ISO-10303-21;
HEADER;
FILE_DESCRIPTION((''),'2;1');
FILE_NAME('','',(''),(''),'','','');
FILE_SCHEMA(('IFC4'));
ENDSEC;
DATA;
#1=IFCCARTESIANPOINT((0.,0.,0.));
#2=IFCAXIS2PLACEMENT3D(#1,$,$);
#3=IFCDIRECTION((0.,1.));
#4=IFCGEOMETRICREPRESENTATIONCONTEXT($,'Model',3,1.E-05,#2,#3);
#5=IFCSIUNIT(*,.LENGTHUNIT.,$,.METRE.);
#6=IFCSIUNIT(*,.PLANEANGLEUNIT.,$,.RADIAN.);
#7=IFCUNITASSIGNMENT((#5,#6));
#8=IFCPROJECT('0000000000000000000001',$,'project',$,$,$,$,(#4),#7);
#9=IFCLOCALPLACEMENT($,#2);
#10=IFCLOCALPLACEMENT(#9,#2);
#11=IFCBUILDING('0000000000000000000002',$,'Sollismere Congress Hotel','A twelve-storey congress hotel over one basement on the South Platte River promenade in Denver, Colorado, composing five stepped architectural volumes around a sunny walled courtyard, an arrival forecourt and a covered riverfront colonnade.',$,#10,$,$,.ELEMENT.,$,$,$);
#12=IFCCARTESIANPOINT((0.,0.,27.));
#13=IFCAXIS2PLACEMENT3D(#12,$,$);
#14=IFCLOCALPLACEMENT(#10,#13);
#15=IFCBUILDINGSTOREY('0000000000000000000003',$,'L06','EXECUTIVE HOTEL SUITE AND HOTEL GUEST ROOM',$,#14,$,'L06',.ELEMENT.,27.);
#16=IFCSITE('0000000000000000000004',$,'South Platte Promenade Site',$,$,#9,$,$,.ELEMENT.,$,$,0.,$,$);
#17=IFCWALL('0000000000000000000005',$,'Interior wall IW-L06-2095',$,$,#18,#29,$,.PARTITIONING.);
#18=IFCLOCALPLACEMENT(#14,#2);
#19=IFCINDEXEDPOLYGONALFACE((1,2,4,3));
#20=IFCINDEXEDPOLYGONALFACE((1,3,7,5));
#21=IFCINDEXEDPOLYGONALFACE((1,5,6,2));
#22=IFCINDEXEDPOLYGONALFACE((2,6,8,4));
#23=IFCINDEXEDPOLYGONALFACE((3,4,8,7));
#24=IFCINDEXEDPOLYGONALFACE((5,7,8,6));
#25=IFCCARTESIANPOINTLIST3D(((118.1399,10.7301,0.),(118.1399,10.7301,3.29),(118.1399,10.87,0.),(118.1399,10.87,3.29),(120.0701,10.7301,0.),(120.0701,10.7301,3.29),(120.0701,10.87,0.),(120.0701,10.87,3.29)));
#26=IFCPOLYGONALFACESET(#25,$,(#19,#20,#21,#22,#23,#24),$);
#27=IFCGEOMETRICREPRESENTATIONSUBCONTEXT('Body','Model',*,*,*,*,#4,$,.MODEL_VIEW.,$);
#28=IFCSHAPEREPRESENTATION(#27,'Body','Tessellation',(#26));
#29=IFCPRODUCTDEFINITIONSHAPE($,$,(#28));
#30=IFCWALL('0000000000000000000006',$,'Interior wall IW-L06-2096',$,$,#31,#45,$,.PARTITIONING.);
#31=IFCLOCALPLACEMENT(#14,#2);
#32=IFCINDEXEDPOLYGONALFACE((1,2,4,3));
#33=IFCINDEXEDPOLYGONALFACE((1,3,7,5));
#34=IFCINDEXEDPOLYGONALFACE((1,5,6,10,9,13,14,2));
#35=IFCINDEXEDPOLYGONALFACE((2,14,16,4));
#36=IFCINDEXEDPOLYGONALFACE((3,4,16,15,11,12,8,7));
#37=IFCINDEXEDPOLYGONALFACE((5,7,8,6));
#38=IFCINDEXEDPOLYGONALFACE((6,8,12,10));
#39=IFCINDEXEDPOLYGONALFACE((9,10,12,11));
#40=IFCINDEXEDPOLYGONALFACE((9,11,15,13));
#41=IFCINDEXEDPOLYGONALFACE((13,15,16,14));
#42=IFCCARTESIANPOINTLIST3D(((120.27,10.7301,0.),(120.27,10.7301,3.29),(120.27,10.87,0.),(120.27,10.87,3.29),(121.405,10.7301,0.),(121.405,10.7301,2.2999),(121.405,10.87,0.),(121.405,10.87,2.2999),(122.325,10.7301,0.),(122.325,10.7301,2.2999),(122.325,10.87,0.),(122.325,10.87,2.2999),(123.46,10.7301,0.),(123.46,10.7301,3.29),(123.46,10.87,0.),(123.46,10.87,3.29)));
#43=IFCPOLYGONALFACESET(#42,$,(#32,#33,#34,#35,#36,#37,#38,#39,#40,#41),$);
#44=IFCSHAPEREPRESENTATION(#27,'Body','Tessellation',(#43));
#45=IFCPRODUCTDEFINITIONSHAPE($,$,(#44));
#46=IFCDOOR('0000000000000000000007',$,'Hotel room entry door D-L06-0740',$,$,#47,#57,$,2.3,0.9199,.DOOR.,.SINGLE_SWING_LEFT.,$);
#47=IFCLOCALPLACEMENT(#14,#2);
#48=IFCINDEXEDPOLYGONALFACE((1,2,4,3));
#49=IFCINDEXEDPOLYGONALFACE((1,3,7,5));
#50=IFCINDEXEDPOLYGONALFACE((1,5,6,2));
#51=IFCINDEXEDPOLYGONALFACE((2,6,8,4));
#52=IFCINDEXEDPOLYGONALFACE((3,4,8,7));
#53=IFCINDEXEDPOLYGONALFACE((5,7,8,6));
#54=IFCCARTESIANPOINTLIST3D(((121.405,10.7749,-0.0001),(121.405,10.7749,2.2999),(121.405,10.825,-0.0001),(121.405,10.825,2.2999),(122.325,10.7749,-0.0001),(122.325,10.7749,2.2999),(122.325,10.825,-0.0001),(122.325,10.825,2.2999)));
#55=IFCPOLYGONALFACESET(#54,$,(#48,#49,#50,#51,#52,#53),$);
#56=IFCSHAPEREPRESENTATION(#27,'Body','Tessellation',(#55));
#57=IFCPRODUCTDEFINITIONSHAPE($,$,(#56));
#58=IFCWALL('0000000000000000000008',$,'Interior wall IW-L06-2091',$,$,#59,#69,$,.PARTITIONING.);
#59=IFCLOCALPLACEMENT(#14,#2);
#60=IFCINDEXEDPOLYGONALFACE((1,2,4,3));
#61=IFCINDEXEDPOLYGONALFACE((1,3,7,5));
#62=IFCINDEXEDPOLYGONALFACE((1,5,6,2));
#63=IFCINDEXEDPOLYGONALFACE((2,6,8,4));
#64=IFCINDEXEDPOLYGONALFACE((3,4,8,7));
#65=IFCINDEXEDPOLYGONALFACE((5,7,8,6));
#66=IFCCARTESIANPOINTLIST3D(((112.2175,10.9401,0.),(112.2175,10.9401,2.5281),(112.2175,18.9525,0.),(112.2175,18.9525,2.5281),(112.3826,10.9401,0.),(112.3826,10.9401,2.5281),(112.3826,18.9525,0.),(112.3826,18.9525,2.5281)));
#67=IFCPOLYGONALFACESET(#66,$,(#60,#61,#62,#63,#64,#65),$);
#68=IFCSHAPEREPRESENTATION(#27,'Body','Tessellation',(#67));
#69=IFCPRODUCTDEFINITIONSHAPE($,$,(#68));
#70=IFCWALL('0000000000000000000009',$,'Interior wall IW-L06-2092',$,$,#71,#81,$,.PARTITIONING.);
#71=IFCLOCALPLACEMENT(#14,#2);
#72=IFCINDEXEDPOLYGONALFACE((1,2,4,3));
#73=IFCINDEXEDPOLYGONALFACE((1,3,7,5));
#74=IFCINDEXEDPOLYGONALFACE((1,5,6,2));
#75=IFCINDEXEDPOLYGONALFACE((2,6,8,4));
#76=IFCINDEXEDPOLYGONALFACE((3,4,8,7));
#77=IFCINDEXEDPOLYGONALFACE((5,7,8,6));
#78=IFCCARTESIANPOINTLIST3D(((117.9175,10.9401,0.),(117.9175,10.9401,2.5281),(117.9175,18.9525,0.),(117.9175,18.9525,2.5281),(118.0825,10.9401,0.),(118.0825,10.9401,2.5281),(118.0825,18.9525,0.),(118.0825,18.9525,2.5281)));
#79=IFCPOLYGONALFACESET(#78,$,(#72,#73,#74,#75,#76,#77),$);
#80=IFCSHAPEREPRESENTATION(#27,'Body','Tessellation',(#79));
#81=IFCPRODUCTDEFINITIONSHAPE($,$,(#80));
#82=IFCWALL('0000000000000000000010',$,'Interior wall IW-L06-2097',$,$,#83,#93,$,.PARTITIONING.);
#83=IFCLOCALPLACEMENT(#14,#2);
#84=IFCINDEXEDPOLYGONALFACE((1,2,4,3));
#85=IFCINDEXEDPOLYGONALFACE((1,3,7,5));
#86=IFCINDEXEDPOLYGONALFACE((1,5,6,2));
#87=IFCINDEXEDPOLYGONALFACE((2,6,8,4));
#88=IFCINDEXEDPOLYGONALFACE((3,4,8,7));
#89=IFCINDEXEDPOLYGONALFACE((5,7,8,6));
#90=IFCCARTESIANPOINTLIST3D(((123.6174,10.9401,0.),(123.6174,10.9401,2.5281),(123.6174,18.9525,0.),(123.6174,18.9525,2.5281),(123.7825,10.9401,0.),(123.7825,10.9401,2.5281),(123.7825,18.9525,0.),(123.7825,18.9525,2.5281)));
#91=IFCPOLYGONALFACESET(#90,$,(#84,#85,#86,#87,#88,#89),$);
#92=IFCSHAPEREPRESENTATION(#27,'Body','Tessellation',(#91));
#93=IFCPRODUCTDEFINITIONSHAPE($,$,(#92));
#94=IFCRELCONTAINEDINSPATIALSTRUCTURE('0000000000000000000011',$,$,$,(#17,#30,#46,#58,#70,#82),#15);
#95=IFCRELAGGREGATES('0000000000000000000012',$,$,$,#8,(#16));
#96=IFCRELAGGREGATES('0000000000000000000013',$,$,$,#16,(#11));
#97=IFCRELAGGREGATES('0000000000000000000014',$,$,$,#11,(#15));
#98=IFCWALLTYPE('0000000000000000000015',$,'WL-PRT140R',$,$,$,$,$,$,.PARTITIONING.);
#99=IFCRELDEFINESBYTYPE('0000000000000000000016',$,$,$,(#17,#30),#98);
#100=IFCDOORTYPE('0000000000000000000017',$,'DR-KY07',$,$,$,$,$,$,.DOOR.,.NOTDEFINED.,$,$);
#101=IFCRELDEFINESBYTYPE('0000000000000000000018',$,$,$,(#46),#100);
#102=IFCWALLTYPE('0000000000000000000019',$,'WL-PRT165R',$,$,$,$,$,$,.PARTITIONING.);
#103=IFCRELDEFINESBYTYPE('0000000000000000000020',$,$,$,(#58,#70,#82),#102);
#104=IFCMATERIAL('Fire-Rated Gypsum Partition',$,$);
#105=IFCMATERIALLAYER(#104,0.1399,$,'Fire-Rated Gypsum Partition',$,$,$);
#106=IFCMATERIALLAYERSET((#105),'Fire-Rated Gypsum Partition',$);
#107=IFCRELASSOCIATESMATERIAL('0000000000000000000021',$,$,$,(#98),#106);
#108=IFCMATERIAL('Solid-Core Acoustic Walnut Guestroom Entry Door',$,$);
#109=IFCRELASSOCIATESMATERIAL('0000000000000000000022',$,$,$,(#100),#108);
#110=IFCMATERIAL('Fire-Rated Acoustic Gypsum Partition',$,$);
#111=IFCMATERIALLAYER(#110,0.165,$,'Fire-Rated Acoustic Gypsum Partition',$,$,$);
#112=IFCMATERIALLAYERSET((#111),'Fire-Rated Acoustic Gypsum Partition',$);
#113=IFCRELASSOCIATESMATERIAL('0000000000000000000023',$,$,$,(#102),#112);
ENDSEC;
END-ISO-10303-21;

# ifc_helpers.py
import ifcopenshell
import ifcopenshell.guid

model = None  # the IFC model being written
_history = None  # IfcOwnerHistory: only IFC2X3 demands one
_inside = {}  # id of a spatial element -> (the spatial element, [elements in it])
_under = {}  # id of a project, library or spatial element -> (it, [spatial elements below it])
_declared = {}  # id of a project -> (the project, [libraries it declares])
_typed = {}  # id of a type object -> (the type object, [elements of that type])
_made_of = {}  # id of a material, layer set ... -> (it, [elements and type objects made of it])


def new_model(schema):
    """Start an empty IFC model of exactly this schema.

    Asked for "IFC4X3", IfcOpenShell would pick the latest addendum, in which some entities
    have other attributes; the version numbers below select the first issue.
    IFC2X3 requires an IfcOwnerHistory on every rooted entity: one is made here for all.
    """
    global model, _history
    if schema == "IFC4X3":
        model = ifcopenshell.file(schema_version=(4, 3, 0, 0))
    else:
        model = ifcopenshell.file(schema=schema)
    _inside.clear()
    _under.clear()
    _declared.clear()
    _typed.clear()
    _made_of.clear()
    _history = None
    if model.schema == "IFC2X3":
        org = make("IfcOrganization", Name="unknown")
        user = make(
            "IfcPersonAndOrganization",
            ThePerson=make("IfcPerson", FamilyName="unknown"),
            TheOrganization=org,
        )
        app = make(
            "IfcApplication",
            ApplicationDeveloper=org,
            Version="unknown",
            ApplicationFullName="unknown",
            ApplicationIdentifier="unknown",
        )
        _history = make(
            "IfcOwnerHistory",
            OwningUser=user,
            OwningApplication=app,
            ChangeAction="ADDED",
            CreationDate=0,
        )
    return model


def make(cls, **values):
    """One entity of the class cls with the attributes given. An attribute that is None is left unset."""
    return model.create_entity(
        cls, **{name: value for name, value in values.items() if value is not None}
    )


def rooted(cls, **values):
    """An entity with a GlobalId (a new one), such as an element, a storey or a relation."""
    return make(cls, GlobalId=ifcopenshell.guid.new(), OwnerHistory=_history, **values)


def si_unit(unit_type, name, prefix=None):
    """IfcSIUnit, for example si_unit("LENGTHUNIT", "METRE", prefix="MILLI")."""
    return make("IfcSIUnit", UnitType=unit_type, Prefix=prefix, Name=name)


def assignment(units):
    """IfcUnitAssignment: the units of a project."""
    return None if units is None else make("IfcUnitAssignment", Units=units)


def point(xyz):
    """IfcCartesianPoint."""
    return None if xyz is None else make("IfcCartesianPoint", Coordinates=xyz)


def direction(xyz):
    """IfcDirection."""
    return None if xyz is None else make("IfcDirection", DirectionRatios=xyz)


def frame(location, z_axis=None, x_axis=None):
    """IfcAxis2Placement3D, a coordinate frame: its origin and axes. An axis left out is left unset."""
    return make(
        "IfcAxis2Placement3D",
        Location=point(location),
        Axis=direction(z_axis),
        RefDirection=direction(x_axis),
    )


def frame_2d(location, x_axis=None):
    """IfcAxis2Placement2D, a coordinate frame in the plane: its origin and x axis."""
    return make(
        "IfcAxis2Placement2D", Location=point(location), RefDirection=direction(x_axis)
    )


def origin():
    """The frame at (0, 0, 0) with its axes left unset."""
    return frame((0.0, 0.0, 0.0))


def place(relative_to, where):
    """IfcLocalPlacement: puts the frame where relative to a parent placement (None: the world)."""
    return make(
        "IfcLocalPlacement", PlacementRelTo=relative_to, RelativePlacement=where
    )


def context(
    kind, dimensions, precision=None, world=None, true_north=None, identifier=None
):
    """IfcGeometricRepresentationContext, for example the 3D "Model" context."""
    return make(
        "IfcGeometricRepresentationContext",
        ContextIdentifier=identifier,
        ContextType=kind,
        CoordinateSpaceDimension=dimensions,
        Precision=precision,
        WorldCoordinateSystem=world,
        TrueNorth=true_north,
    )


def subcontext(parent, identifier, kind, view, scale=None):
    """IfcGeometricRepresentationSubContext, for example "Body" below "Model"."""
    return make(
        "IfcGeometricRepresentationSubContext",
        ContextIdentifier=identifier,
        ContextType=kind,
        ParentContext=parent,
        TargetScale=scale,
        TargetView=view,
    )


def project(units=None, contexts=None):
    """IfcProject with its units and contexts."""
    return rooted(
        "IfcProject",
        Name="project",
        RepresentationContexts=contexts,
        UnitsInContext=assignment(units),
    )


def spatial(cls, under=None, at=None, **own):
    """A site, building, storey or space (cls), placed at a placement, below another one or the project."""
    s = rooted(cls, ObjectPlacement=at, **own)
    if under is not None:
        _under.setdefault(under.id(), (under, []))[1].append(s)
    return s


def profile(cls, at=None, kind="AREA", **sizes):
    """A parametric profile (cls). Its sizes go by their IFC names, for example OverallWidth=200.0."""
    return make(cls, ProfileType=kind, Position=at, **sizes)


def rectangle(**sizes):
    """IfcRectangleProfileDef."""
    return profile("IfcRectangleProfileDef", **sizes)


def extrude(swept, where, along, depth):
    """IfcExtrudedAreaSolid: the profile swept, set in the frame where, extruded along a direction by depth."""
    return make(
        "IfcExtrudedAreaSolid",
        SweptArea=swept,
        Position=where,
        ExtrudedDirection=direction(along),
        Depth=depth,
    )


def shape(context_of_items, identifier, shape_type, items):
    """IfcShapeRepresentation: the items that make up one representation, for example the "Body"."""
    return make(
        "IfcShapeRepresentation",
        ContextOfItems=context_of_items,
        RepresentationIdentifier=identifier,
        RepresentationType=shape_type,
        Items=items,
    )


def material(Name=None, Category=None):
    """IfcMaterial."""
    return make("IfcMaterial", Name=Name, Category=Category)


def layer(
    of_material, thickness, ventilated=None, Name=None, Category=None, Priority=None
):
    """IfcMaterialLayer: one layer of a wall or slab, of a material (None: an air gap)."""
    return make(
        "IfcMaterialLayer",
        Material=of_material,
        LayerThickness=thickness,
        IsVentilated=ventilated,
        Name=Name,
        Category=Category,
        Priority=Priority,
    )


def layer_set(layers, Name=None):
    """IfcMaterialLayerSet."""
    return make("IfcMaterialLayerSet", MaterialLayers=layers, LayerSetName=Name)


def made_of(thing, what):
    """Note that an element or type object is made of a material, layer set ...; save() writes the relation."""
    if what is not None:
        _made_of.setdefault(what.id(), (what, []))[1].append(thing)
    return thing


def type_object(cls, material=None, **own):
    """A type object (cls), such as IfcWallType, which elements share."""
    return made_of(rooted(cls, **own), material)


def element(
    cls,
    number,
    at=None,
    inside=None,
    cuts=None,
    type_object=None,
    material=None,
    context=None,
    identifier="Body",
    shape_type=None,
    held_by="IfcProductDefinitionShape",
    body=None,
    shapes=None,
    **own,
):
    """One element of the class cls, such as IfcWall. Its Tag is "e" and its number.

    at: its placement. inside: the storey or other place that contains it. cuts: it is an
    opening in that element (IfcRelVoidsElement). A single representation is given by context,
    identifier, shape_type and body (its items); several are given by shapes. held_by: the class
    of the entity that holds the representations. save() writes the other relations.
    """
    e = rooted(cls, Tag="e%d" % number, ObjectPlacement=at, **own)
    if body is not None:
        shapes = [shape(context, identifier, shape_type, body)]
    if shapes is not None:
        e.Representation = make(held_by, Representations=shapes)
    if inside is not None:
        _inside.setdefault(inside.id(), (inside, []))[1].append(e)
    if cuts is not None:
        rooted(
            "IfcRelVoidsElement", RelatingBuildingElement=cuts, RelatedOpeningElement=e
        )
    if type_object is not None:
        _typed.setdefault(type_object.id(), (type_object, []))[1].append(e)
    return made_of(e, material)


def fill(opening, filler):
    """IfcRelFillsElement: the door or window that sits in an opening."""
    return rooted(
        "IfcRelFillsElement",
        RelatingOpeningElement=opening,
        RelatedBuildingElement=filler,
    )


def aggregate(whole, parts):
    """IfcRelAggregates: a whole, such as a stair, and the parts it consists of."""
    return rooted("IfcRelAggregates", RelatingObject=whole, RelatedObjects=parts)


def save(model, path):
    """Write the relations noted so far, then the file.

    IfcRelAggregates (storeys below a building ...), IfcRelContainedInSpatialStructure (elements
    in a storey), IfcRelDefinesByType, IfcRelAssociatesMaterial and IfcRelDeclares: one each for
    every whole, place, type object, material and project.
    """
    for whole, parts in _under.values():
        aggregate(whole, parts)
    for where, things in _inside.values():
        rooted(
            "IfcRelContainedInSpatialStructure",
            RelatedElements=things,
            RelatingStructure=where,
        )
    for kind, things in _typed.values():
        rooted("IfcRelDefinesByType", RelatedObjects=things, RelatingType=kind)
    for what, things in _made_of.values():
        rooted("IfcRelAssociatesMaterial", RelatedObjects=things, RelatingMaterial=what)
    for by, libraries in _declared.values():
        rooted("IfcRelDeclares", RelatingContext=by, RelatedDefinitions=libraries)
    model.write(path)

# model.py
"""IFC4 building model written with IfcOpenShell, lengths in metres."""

from ifc_helpers import new_model, si_unit, direction, frame, frame_2d, origin, place, context, subcontext, project, spatial, rectangle, extrude, material, layer, layer_set, type_object, element, fill, save


model = new_model("IFC4")

# Units and contexts
model_context = context("Model", 3, precision=1e-05, world=origin(), true_north=direction((0.0, 1.0)))
body_context = subcontext(model_context, "Body", "Model", "MODEL_VIEW")
ifc_project = project(units=[si_unit("LENGTHUNIT", "METRE"), si_unit("PLANEANGLEUNIT", "RADIAN")], contexts=[model_context])

# Site, building, storey
site_placement = place(None, origin())
site = spatial("IfcSite", under=ifc_project, at=site_placement, Name="South Platte Promenade Site", CompositionType="ELEMENT", RefElevation=0.0)
building_placement = place(site_placement, origin())
building = spatial("IfcBuilding", under=site, at=building_placement, Name="Sollismere Congress Hotel", Description="A twelve-storey congress hotel over one basement on the South Platte River promenade in Denver, Colorado, composing five stepped architectural volumes around a sunny walled courtyard, an arrival forecourt and a covered riverfront colonnade.", CompositionType="ELEMENT")
storey_placement = place(building_placement, frame((0.0, 0.0, 27.0)))
storey = spatial("IfcBuildingStorey", under=building, at=storey_placement, Name="L06", Description="EXECUTIVE HOTEL SUITE AND HOTEL GUEST ROOM", LongName="L06", CompositionType="ELEMENT", Elevation=27.0)

# Shared definitions
ifc_material_1 = material(Name="Fire-Rated Gypsum Partition")
ifc_layer_1 = layer(ifc_material_1, 0.1399, Name="Fire-Rated Gypsum Partition")
ifc_layer_set_1 = layer_set([ifc_layer_1], Name="Fire-Rated Gypsum Partition")
wall_type_1 = type_object("IfcWallType", Name="WL-PRT140R", PredefinedType="PARTITIONING", material=ifc_layer_set_1)

# Shared definitions
ifc_material_2 = material(Name="Solid-Core Acoustic Walnut Guestroom Entry Door")

# Wall
wall_1_placement = place(storey_placement, frame((118.1399, 10.8, 0.0), z_axis=(0.0, 0.0, 1.0), x_axis=(1.0, 0.0, 0.0)))
element("IfcWall", 1, at=wall_1_placement, inside=storey, type_object=wall_type_1, Name="Interior wall IW-L06-2095", PredefinedType="PARTITIONING", context=body_context, shape_type="SweptSolid", body=[
    extrude(rectangle(XDim=1.9302, YDim=0.1399, at=frame_2d((0.9651, 0.0))), origin(), (0.0, 0.0, 1.0), 3.29),
])

# Wall, opening, door
wall_2_placement = place(storey_placement, frame((120.27, 10.8, 0.0), z_axis=(0.0, 0.0, 1.0), x_axis=(1.0, 0.0, 0.0)))
wall_2 = element("IfcWall", 2, at=wall_2_placement, inside=storey, type_object=wall_type_1, Name="Interior wall IW-L06-2096", PredefinedType="PARTITIONING", context=body_context, shape_type="SweptSolid", body=[
    extrude(rectangle(XDim=3.1899, YDim=0.1399, at=frame_2d((1.595, 0.0))), origin(), (0.0, 0.0, 1.0), 3.29),
])
opening_1_placement = place(wall_2_placement, frame((1.135, 0.0, 0.0)))
opening_1 = element("IfcOpeningElement", 3, at=opening_1_placement, cuts=wall_2, PredefinedType="OPENING", context=body_context, shape_type="SweptSolid", body=[
    extrude(rectangle(XDim=0.9199, YDim=2.3, at=frame_2d((0.46, 1.1499))), frame((0.0, 0.0798, 0.0), z_axis=(0.0, -1.0, 0.0), x_axis=(1.0, 0.0, 0.0)), (0.0, 0.0, 1.0), 0.1599),
])
door_type_1 = type_object("IfcDoorType", Name="DR-KY07", OperationType="NOTDEFINED", PredefinedType="DOOR", material=ifc_material_2)
door_1_placement = place(opening_1_placement, origin())
door_1 = element("IfcDoor", 4, at=door_1_placement, inside=storey, type_object=door_type_1, Name="Hotel room entry door D-L06-0740", OperationType="SINGLE_SWING_LEFT", OverallHeight=2.3, OverallWidth=0.9199, PredefinedType="DOOR", context=body_context, shape_type="SweptSolid", body=[
    extrude(rectangle(XDim=0.9199, YDim=2.3, at=frame_2d((0.46, 1.1499))), frame((0.0, 0.0249, 0.0), z_axis=(0.0, -1.0, 0.0), x_axis=(1.0, 0.0, 0.0)), (0.0, 0.0, 1.0), 0.05),
])
fill(opening_1, door_1)

# Walls
ifc_material_3 = material(Name="Fire-Rated Acoustic Gypsum Partition")
ifc_layer_2 = layer(ifc_material_3, 0.165, Name="Fire-Rated Acoustic Gypsum Partition")
ifc_layer_set_2 = layer_set([ifc_layer_2], Name="Fire-Rated Acoustic Gypsum Partition")
wall_type_2 = type_object("IfcWallType", Name="WL-PRT165R", PredefinedType="PARTITIONING", material=ifc_layer_set_2)
for number, where, z_axis, x_axis, name in (
    (5, (112.3, 10.9399, 0.0), (0.0, 0.0, 1.0), (0.0, 1.0, 0.0), "Interior wall IW-L06-2091"),
    (6, (118.0, 10.9399, 0.0), (0.0, 0.0, 1.0), (0.0, 1.0, 0.0), "Interior wall IW-L06-2092"),
    (7, (123.7, 10.9399, 0.0), (0.0, 0.0, 1.0), (0.0, 1.0, 0.0), "Interior wall IW-L06-2097"),
):
    element("IfcWall", number, at=place(storey_placement, frame(where, z_axis=z_axis, x_axis=x_axis)), inside=storey, type_object=wall_type_2, Name=name, PredefinedType="PARTITIONING", context=body_context, shape_type="SweptSolid", body=[
        extrude(rectangle(XDim=8.0125, YDim=0.165, at=frame_2d((4.0063, 0.0))), origin(), (0.0, 0.0, 1.0), 2.5281),
    ])

save(model, "model.ifc")
